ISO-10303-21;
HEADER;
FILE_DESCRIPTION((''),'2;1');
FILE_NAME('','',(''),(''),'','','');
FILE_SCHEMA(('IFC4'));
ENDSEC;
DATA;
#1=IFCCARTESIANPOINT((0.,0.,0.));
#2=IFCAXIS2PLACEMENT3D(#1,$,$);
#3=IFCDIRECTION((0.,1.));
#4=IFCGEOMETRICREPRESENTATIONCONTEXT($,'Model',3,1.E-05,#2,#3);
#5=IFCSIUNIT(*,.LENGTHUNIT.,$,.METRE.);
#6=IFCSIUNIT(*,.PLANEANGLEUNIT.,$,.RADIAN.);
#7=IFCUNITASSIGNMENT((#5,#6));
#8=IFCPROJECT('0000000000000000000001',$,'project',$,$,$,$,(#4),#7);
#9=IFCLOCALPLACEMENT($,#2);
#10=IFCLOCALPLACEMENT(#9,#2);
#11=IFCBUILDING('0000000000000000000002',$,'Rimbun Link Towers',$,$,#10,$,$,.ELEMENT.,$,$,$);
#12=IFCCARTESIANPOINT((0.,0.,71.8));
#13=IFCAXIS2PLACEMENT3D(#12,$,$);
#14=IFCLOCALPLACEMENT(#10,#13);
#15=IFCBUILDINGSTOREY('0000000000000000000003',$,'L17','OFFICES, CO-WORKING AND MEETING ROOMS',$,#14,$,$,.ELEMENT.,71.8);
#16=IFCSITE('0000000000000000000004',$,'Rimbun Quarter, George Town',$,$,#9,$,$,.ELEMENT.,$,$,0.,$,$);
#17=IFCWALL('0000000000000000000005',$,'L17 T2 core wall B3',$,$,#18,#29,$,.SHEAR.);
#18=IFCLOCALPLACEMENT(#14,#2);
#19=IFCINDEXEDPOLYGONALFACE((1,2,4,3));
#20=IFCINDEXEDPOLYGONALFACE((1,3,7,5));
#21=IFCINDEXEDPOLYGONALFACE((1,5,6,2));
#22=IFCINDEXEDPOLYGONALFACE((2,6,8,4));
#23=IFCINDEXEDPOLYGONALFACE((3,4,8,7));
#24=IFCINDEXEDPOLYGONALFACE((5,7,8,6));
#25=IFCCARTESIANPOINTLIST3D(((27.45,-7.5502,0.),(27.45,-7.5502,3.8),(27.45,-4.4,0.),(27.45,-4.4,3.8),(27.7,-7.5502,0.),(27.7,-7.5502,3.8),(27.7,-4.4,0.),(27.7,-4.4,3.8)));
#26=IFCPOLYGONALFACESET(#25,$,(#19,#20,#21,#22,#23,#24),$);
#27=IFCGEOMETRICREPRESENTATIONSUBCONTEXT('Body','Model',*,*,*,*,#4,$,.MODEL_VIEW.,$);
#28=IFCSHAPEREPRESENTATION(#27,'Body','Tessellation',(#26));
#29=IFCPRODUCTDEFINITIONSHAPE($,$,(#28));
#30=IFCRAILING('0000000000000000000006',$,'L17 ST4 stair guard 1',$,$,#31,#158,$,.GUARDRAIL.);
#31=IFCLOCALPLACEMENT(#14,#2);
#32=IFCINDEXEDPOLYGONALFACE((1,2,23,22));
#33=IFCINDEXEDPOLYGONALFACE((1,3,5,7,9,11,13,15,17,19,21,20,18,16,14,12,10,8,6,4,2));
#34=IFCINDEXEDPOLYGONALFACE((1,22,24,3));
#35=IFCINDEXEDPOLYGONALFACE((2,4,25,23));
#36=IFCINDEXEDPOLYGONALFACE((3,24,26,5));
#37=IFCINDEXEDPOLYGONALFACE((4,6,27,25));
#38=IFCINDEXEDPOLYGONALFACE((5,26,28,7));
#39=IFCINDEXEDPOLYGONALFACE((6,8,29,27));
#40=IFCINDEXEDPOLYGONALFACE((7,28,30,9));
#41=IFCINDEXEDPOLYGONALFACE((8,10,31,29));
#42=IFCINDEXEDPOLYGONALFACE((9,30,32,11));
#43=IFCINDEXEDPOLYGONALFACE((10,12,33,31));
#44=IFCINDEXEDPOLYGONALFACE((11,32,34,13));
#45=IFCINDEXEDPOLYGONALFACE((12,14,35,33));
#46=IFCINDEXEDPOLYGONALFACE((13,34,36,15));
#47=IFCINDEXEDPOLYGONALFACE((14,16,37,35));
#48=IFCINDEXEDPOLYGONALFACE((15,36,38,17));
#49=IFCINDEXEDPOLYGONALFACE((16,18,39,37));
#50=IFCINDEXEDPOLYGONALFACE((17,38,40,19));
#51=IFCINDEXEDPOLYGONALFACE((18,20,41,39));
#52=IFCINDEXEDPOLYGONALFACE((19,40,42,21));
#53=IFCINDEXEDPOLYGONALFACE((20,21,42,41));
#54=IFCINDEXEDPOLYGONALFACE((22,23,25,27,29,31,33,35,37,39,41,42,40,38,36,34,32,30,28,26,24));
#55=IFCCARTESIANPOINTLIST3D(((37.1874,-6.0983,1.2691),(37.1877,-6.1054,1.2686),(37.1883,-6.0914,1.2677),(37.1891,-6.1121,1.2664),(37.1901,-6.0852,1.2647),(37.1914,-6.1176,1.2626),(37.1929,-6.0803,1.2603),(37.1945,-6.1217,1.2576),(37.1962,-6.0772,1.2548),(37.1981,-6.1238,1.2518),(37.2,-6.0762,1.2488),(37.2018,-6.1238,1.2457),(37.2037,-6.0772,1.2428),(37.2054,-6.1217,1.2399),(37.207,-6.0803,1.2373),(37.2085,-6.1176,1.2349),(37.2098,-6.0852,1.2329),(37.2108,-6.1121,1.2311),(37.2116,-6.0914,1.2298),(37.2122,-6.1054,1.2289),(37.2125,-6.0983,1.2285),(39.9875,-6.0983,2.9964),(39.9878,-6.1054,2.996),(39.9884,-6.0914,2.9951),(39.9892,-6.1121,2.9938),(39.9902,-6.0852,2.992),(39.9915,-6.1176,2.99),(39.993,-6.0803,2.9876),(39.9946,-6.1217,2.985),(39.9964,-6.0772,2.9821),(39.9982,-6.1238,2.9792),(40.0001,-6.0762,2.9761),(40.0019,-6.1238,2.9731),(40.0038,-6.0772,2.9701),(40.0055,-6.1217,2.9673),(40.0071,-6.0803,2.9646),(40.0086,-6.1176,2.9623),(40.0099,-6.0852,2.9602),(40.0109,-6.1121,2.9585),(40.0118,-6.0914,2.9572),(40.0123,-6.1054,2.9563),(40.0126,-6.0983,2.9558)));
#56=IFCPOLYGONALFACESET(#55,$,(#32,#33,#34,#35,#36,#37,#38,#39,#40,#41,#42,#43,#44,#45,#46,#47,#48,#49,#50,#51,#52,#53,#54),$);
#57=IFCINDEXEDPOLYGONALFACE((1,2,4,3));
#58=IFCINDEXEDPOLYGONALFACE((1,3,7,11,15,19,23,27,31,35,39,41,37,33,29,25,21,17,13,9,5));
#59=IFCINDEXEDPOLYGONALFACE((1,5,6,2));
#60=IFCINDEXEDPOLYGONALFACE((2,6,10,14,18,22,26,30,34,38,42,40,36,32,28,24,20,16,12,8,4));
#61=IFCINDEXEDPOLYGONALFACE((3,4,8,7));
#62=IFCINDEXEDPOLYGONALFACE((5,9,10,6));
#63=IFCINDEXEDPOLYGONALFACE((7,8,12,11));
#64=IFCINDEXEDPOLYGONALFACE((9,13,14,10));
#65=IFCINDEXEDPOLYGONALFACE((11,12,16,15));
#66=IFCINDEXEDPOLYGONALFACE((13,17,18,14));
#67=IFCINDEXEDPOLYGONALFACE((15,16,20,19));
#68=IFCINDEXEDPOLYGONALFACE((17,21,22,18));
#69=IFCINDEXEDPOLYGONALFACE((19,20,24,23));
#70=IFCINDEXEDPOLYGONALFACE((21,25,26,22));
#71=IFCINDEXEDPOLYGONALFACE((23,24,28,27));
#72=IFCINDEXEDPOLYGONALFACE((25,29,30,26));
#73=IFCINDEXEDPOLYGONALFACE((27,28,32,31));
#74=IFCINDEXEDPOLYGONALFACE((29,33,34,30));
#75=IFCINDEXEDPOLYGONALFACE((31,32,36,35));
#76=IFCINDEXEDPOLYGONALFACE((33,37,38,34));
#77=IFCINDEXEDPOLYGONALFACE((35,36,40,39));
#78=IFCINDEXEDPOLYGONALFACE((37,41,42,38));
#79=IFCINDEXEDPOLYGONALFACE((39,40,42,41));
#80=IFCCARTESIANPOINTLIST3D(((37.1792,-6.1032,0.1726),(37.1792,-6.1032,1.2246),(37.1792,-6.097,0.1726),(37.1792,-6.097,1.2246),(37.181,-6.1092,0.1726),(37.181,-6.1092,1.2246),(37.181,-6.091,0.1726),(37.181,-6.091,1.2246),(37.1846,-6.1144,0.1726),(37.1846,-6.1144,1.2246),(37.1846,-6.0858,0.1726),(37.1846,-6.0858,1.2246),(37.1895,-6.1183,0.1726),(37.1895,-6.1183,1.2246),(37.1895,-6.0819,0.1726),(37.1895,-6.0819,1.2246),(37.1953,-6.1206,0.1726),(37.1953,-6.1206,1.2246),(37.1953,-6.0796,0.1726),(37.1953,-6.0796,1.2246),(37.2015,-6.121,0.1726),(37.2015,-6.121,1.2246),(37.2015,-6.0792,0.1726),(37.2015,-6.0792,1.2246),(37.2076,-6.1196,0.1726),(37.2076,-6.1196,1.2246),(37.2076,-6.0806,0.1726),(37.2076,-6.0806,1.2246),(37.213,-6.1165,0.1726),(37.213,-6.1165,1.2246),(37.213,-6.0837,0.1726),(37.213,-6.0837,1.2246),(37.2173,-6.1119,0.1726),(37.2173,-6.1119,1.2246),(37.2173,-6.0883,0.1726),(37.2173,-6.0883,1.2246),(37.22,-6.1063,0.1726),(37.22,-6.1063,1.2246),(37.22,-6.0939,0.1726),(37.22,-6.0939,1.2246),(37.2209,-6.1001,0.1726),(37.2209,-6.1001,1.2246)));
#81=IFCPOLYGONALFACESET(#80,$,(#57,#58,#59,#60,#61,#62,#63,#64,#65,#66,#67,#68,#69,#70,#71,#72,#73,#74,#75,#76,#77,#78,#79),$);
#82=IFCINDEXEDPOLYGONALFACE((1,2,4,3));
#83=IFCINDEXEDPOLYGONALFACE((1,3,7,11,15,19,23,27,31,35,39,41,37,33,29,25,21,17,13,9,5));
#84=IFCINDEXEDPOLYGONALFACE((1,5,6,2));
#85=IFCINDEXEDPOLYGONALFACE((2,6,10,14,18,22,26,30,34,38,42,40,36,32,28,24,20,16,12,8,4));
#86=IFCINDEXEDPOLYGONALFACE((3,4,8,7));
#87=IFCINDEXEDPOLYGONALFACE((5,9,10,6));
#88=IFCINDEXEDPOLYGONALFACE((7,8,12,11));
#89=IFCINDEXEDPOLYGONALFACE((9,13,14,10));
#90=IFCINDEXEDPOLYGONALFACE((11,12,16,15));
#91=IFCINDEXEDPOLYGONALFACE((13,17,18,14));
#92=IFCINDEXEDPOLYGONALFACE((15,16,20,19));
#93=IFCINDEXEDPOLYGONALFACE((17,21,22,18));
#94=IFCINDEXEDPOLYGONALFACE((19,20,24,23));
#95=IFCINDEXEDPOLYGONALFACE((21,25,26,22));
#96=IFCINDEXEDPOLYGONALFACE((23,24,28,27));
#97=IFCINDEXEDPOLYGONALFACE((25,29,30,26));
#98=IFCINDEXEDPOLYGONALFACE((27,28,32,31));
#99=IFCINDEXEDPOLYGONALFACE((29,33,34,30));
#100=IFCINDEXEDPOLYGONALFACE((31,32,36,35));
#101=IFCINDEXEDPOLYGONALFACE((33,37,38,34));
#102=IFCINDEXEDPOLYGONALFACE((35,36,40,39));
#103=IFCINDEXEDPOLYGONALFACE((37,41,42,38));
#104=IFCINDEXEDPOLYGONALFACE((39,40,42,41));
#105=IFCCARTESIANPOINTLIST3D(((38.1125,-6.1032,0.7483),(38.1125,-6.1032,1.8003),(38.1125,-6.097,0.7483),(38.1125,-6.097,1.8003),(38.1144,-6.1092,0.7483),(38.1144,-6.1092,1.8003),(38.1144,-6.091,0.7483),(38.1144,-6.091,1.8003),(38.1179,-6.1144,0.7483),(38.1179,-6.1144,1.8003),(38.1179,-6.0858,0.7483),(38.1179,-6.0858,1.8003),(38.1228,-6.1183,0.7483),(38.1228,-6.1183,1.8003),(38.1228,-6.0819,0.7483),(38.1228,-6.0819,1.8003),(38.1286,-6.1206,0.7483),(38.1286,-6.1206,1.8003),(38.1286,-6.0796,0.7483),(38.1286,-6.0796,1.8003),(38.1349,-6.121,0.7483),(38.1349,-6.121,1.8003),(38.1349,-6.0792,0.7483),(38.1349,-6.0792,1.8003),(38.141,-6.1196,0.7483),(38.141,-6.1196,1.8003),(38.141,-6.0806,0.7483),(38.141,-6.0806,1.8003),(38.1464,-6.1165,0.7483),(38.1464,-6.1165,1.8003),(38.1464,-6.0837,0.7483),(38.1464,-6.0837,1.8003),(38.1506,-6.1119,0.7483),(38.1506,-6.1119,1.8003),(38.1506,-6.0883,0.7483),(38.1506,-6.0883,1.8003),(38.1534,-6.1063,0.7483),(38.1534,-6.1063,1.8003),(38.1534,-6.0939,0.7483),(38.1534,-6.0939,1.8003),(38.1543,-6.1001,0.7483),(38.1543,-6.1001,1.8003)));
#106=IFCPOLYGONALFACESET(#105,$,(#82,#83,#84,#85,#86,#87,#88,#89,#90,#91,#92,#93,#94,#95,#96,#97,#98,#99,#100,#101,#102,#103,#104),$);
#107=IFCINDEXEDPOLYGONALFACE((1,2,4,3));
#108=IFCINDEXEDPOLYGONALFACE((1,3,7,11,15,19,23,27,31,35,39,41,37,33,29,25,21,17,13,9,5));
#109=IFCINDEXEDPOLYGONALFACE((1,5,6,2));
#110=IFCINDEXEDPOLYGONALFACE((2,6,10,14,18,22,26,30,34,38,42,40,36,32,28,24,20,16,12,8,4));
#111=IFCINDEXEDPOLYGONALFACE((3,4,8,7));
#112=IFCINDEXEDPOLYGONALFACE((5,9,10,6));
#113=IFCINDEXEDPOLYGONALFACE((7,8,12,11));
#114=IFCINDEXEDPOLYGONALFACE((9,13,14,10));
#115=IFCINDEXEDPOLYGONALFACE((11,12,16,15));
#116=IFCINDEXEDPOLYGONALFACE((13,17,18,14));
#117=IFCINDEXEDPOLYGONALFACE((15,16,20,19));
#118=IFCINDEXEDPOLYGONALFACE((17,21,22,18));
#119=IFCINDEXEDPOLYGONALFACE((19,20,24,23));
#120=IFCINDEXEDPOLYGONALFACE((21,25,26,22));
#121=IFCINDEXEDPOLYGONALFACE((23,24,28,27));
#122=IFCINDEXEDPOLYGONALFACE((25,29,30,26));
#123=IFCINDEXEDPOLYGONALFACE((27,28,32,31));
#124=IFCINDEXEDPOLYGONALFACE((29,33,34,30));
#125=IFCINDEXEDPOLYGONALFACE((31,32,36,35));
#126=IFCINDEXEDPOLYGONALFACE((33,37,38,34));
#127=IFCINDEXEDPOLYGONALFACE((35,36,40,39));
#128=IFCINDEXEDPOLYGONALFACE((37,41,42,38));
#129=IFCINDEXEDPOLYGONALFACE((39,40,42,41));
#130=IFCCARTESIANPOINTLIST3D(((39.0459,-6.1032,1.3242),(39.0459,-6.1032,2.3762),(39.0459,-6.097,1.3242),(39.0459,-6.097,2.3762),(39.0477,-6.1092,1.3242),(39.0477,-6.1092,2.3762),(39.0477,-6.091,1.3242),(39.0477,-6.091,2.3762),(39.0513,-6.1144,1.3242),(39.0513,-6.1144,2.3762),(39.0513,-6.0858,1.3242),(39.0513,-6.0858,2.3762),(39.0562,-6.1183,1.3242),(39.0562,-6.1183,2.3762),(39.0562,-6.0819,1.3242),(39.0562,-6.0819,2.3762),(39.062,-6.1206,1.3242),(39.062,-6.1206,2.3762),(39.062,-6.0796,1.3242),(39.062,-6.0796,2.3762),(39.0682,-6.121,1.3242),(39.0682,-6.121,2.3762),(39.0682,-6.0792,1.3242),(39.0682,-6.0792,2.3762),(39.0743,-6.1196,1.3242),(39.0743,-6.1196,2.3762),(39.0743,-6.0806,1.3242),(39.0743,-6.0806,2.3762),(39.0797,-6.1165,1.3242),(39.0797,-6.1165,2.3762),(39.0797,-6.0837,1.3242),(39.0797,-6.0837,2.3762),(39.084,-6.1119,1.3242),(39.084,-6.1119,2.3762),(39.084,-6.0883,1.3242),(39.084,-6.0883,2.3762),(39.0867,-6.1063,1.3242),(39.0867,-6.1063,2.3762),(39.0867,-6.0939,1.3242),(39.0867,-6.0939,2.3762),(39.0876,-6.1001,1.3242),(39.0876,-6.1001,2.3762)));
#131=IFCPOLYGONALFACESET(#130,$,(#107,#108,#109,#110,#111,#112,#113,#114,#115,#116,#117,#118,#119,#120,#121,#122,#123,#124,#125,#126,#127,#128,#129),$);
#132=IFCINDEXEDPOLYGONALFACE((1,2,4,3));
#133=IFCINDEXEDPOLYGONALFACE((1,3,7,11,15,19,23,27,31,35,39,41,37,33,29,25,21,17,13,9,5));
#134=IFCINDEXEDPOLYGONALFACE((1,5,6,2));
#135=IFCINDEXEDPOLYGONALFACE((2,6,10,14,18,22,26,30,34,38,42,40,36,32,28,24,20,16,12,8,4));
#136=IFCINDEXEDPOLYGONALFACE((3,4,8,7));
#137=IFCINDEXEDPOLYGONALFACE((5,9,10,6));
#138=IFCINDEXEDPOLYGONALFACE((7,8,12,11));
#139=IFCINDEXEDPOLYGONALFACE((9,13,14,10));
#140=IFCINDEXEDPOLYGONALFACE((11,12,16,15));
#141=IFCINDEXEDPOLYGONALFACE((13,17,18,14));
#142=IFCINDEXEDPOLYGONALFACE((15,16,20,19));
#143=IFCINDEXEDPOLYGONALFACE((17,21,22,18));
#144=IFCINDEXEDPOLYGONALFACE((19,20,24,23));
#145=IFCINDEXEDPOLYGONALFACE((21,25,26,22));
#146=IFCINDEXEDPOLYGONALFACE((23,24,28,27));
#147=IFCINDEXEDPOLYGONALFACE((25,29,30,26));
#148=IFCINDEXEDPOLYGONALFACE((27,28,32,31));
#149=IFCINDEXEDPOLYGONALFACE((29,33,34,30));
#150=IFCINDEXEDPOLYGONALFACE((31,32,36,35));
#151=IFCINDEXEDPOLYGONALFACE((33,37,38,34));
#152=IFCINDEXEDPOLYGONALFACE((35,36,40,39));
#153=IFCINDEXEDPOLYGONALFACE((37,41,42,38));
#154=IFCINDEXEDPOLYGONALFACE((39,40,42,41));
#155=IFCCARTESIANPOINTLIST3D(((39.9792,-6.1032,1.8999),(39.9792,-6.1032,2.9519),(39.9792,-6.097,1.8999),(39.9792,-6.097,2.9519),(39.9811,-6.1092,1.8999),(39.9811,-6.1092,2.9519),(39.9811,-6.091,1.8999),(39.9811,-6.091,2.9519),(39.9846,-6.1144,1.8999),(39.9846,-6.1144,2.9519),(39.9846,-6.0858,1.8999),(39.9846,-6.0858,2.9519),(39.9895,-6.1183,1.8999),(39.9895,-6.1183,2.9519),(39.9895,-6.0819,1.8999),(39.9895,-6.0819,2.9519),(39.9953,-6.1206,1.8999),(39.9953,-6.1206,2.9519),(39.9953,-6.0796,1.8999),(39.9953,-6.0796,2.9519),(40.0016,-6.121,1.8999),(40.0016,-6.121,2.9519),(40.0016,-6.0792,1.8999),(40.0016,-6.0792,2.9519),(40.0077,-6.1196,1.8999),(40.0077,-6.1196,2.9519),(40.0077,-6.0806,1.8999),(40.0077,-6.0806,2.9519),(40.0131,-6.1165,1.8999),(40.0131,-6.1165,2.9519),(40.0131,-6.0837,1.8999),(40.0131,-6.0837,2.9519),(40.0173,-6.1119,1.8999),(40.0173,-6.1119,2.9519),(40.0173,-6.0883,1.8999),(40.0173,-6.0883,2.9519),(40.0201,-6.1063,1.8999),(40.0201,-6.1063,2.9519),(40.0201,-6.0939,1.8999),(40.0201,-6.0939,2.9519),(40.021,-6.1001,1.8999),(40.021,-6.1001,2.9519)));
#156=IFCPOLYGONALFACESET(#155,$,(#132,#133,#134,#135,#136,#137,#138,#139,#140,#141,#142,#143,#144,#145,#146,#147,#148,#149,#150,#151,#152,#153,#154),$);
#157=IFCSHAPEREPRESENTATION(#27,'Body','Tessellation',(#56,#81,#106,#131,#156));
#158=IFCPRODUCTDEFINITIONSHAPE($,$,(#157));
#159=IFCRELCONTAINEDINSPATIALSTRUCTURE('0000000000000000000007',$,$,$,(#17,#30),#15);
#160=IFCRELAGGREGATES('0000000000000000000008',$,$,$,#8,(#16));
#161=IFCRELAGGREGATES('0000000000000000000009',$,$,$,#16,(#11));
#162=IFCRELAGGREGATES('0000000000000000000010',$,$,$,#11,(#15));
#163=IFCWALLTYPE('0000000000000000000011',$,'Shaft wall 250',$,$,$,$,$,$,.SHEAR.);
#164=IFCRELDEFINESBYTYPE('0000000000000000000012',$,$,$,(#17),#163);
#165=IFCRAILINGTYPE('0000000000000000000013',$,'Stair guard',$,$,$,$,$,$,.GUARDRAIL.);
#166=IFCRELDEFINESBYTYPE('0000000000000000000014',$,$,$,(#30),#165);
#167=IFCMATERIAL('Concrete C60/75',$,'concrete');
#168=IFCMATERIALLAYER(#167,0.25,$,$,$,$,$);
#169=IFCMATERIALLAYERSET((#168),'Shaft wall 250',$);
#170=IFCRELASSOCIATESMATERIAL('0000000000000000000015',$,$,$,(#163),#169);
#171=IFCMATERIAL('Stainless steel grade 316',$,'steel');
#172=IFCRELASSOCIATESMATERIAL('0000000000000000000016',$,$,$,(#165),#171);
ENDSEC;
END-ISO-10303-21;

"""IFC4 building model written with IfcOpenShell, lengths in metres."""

from ifc_helpers import new_model, si_unit, direction, frame, frame_2d, origin, origin_2d, place, context, subcontext, project, spatial, rectangle, circle, extrude, material, layer, layer_set, type_object, element, save


model = new_model("IFC4")

# Units and contexts
model_context = context("Model", 3, precision=1e-05, world=origin(), true_north=direction((0.0, 1.0)))
body_context = subcontext(model_context, "Body", "Model", "MODEL_VIEW")
ifc_project = project(units=[si_unit("LENGTHUNIT", "METRE"), si_unit("PLANEANGLEUNIT", "RADIAN")], contexts=[model_context])

# Site, building, storey
site_placement = place(None, origin())
site = spatial("IfcSite", under=ifc_project, at=site_placement, Name="Rimbun Quarter, George Town", CompositionType="ELEMENT", RefElevation=0.0)
building_placement = place(site_placement, origin())
building = spatial("IfcBuilding", under=site, at=building_placement, Name="Rimbun Link Towers", CompositionType="ELEMENT")
storey_placement = place(building_placement, frame((0.0, 0.0, 71.8)))
storey = spatial("IfcBuildingStorey", under=building, at=storey_placement, Name="L17", Description="OFFICES, CO-WORKING AND MEETING ROOMS", CompositionType="ELEMENT", Elevation=71.8)

# Shared definitions
ifc_material_1 = material(Name="Concrete C60/75", Category="concrete")
ifc_layer = layer(ifc_material_1, 0.25)
ifc_layer_set = layer_set([ifc_layer], Name="Shaft wall 250")
wall_type = type_object("IfcWallType", Name="Shaft wall 250", PredefinedType="SHEAR", material=ifc_layer_set)

# Wall
wall_1_placement = place(storey_placement, frame((27.575, -4.3999, 0.0), z_axis=(0.0, 0.0, 1.0), x_axis=(0.0, -1.0, 0.0)))
element("IfcWall", 1, at=wall_1_placement, inside=storey, type_object=wall_type, Name="L17 T2 core wall B3", PredefinedType="SHEAR", context=body_context, shape_type="SweptSolid", body=[
    extrude(rectangle(XDim=3.1501, YDim=0.25, at=frame_2d((1.5752, 0.0))), origin(), (0.0, 0.0, 1.0), 3.8),
])

# Railing
ifc_material_2 = material(Name="Stainless steel grade 316", Category="steel")
railing_type = type_object("IfcRailingType", Name="Stair guard", PredefinedType="GUARDRAIL", material=ifc_material_2)
railing_1_placement = place(storey_placement, frame((37.2, -6.1001, 0.1726)))
element("IfcRailing", 2, at=railing_1_placement, inside=storey, type_object=railing_type, Name="L17 ST4 stair guard 1", PredefinedType="GUARDRAIL", context=body_context, shape_type="SweptSolid", body=[
    extrude(circle(Radius=0.0239, at=origin_2d()), frame((0.0, 0.0, 1.0762), z_axis=(0.85109, 0.0, 0.52502), x_axis=(0.0, 1.0, 0.0)), (0.0, 0.0, 1.0), 3.29),
    extrude(circle(Radius=0.021, at=origin_2d()), origin(), (0.0, 0.0, 1.0), 1.052),
    extrude(circle(Radius=0.021, at=origin_2d()), frame((0.9333, 0.0, 0.5757)), (0.0, 0.0, 1.0), 1.052),
    extrude(circle(Radius=0.021, at=origin_2d()), frame((1.8667, 0.0, 1.1516)), (0.0, 0.0, 1.0), 1.052),
    extrude(circle(Radius=0.021, at=origin_2d()), frame((2.8, 0.0, 1.7273)), (0.0, 0.0, 1.0), 1.052),
])

save(model, "model.ifc")
